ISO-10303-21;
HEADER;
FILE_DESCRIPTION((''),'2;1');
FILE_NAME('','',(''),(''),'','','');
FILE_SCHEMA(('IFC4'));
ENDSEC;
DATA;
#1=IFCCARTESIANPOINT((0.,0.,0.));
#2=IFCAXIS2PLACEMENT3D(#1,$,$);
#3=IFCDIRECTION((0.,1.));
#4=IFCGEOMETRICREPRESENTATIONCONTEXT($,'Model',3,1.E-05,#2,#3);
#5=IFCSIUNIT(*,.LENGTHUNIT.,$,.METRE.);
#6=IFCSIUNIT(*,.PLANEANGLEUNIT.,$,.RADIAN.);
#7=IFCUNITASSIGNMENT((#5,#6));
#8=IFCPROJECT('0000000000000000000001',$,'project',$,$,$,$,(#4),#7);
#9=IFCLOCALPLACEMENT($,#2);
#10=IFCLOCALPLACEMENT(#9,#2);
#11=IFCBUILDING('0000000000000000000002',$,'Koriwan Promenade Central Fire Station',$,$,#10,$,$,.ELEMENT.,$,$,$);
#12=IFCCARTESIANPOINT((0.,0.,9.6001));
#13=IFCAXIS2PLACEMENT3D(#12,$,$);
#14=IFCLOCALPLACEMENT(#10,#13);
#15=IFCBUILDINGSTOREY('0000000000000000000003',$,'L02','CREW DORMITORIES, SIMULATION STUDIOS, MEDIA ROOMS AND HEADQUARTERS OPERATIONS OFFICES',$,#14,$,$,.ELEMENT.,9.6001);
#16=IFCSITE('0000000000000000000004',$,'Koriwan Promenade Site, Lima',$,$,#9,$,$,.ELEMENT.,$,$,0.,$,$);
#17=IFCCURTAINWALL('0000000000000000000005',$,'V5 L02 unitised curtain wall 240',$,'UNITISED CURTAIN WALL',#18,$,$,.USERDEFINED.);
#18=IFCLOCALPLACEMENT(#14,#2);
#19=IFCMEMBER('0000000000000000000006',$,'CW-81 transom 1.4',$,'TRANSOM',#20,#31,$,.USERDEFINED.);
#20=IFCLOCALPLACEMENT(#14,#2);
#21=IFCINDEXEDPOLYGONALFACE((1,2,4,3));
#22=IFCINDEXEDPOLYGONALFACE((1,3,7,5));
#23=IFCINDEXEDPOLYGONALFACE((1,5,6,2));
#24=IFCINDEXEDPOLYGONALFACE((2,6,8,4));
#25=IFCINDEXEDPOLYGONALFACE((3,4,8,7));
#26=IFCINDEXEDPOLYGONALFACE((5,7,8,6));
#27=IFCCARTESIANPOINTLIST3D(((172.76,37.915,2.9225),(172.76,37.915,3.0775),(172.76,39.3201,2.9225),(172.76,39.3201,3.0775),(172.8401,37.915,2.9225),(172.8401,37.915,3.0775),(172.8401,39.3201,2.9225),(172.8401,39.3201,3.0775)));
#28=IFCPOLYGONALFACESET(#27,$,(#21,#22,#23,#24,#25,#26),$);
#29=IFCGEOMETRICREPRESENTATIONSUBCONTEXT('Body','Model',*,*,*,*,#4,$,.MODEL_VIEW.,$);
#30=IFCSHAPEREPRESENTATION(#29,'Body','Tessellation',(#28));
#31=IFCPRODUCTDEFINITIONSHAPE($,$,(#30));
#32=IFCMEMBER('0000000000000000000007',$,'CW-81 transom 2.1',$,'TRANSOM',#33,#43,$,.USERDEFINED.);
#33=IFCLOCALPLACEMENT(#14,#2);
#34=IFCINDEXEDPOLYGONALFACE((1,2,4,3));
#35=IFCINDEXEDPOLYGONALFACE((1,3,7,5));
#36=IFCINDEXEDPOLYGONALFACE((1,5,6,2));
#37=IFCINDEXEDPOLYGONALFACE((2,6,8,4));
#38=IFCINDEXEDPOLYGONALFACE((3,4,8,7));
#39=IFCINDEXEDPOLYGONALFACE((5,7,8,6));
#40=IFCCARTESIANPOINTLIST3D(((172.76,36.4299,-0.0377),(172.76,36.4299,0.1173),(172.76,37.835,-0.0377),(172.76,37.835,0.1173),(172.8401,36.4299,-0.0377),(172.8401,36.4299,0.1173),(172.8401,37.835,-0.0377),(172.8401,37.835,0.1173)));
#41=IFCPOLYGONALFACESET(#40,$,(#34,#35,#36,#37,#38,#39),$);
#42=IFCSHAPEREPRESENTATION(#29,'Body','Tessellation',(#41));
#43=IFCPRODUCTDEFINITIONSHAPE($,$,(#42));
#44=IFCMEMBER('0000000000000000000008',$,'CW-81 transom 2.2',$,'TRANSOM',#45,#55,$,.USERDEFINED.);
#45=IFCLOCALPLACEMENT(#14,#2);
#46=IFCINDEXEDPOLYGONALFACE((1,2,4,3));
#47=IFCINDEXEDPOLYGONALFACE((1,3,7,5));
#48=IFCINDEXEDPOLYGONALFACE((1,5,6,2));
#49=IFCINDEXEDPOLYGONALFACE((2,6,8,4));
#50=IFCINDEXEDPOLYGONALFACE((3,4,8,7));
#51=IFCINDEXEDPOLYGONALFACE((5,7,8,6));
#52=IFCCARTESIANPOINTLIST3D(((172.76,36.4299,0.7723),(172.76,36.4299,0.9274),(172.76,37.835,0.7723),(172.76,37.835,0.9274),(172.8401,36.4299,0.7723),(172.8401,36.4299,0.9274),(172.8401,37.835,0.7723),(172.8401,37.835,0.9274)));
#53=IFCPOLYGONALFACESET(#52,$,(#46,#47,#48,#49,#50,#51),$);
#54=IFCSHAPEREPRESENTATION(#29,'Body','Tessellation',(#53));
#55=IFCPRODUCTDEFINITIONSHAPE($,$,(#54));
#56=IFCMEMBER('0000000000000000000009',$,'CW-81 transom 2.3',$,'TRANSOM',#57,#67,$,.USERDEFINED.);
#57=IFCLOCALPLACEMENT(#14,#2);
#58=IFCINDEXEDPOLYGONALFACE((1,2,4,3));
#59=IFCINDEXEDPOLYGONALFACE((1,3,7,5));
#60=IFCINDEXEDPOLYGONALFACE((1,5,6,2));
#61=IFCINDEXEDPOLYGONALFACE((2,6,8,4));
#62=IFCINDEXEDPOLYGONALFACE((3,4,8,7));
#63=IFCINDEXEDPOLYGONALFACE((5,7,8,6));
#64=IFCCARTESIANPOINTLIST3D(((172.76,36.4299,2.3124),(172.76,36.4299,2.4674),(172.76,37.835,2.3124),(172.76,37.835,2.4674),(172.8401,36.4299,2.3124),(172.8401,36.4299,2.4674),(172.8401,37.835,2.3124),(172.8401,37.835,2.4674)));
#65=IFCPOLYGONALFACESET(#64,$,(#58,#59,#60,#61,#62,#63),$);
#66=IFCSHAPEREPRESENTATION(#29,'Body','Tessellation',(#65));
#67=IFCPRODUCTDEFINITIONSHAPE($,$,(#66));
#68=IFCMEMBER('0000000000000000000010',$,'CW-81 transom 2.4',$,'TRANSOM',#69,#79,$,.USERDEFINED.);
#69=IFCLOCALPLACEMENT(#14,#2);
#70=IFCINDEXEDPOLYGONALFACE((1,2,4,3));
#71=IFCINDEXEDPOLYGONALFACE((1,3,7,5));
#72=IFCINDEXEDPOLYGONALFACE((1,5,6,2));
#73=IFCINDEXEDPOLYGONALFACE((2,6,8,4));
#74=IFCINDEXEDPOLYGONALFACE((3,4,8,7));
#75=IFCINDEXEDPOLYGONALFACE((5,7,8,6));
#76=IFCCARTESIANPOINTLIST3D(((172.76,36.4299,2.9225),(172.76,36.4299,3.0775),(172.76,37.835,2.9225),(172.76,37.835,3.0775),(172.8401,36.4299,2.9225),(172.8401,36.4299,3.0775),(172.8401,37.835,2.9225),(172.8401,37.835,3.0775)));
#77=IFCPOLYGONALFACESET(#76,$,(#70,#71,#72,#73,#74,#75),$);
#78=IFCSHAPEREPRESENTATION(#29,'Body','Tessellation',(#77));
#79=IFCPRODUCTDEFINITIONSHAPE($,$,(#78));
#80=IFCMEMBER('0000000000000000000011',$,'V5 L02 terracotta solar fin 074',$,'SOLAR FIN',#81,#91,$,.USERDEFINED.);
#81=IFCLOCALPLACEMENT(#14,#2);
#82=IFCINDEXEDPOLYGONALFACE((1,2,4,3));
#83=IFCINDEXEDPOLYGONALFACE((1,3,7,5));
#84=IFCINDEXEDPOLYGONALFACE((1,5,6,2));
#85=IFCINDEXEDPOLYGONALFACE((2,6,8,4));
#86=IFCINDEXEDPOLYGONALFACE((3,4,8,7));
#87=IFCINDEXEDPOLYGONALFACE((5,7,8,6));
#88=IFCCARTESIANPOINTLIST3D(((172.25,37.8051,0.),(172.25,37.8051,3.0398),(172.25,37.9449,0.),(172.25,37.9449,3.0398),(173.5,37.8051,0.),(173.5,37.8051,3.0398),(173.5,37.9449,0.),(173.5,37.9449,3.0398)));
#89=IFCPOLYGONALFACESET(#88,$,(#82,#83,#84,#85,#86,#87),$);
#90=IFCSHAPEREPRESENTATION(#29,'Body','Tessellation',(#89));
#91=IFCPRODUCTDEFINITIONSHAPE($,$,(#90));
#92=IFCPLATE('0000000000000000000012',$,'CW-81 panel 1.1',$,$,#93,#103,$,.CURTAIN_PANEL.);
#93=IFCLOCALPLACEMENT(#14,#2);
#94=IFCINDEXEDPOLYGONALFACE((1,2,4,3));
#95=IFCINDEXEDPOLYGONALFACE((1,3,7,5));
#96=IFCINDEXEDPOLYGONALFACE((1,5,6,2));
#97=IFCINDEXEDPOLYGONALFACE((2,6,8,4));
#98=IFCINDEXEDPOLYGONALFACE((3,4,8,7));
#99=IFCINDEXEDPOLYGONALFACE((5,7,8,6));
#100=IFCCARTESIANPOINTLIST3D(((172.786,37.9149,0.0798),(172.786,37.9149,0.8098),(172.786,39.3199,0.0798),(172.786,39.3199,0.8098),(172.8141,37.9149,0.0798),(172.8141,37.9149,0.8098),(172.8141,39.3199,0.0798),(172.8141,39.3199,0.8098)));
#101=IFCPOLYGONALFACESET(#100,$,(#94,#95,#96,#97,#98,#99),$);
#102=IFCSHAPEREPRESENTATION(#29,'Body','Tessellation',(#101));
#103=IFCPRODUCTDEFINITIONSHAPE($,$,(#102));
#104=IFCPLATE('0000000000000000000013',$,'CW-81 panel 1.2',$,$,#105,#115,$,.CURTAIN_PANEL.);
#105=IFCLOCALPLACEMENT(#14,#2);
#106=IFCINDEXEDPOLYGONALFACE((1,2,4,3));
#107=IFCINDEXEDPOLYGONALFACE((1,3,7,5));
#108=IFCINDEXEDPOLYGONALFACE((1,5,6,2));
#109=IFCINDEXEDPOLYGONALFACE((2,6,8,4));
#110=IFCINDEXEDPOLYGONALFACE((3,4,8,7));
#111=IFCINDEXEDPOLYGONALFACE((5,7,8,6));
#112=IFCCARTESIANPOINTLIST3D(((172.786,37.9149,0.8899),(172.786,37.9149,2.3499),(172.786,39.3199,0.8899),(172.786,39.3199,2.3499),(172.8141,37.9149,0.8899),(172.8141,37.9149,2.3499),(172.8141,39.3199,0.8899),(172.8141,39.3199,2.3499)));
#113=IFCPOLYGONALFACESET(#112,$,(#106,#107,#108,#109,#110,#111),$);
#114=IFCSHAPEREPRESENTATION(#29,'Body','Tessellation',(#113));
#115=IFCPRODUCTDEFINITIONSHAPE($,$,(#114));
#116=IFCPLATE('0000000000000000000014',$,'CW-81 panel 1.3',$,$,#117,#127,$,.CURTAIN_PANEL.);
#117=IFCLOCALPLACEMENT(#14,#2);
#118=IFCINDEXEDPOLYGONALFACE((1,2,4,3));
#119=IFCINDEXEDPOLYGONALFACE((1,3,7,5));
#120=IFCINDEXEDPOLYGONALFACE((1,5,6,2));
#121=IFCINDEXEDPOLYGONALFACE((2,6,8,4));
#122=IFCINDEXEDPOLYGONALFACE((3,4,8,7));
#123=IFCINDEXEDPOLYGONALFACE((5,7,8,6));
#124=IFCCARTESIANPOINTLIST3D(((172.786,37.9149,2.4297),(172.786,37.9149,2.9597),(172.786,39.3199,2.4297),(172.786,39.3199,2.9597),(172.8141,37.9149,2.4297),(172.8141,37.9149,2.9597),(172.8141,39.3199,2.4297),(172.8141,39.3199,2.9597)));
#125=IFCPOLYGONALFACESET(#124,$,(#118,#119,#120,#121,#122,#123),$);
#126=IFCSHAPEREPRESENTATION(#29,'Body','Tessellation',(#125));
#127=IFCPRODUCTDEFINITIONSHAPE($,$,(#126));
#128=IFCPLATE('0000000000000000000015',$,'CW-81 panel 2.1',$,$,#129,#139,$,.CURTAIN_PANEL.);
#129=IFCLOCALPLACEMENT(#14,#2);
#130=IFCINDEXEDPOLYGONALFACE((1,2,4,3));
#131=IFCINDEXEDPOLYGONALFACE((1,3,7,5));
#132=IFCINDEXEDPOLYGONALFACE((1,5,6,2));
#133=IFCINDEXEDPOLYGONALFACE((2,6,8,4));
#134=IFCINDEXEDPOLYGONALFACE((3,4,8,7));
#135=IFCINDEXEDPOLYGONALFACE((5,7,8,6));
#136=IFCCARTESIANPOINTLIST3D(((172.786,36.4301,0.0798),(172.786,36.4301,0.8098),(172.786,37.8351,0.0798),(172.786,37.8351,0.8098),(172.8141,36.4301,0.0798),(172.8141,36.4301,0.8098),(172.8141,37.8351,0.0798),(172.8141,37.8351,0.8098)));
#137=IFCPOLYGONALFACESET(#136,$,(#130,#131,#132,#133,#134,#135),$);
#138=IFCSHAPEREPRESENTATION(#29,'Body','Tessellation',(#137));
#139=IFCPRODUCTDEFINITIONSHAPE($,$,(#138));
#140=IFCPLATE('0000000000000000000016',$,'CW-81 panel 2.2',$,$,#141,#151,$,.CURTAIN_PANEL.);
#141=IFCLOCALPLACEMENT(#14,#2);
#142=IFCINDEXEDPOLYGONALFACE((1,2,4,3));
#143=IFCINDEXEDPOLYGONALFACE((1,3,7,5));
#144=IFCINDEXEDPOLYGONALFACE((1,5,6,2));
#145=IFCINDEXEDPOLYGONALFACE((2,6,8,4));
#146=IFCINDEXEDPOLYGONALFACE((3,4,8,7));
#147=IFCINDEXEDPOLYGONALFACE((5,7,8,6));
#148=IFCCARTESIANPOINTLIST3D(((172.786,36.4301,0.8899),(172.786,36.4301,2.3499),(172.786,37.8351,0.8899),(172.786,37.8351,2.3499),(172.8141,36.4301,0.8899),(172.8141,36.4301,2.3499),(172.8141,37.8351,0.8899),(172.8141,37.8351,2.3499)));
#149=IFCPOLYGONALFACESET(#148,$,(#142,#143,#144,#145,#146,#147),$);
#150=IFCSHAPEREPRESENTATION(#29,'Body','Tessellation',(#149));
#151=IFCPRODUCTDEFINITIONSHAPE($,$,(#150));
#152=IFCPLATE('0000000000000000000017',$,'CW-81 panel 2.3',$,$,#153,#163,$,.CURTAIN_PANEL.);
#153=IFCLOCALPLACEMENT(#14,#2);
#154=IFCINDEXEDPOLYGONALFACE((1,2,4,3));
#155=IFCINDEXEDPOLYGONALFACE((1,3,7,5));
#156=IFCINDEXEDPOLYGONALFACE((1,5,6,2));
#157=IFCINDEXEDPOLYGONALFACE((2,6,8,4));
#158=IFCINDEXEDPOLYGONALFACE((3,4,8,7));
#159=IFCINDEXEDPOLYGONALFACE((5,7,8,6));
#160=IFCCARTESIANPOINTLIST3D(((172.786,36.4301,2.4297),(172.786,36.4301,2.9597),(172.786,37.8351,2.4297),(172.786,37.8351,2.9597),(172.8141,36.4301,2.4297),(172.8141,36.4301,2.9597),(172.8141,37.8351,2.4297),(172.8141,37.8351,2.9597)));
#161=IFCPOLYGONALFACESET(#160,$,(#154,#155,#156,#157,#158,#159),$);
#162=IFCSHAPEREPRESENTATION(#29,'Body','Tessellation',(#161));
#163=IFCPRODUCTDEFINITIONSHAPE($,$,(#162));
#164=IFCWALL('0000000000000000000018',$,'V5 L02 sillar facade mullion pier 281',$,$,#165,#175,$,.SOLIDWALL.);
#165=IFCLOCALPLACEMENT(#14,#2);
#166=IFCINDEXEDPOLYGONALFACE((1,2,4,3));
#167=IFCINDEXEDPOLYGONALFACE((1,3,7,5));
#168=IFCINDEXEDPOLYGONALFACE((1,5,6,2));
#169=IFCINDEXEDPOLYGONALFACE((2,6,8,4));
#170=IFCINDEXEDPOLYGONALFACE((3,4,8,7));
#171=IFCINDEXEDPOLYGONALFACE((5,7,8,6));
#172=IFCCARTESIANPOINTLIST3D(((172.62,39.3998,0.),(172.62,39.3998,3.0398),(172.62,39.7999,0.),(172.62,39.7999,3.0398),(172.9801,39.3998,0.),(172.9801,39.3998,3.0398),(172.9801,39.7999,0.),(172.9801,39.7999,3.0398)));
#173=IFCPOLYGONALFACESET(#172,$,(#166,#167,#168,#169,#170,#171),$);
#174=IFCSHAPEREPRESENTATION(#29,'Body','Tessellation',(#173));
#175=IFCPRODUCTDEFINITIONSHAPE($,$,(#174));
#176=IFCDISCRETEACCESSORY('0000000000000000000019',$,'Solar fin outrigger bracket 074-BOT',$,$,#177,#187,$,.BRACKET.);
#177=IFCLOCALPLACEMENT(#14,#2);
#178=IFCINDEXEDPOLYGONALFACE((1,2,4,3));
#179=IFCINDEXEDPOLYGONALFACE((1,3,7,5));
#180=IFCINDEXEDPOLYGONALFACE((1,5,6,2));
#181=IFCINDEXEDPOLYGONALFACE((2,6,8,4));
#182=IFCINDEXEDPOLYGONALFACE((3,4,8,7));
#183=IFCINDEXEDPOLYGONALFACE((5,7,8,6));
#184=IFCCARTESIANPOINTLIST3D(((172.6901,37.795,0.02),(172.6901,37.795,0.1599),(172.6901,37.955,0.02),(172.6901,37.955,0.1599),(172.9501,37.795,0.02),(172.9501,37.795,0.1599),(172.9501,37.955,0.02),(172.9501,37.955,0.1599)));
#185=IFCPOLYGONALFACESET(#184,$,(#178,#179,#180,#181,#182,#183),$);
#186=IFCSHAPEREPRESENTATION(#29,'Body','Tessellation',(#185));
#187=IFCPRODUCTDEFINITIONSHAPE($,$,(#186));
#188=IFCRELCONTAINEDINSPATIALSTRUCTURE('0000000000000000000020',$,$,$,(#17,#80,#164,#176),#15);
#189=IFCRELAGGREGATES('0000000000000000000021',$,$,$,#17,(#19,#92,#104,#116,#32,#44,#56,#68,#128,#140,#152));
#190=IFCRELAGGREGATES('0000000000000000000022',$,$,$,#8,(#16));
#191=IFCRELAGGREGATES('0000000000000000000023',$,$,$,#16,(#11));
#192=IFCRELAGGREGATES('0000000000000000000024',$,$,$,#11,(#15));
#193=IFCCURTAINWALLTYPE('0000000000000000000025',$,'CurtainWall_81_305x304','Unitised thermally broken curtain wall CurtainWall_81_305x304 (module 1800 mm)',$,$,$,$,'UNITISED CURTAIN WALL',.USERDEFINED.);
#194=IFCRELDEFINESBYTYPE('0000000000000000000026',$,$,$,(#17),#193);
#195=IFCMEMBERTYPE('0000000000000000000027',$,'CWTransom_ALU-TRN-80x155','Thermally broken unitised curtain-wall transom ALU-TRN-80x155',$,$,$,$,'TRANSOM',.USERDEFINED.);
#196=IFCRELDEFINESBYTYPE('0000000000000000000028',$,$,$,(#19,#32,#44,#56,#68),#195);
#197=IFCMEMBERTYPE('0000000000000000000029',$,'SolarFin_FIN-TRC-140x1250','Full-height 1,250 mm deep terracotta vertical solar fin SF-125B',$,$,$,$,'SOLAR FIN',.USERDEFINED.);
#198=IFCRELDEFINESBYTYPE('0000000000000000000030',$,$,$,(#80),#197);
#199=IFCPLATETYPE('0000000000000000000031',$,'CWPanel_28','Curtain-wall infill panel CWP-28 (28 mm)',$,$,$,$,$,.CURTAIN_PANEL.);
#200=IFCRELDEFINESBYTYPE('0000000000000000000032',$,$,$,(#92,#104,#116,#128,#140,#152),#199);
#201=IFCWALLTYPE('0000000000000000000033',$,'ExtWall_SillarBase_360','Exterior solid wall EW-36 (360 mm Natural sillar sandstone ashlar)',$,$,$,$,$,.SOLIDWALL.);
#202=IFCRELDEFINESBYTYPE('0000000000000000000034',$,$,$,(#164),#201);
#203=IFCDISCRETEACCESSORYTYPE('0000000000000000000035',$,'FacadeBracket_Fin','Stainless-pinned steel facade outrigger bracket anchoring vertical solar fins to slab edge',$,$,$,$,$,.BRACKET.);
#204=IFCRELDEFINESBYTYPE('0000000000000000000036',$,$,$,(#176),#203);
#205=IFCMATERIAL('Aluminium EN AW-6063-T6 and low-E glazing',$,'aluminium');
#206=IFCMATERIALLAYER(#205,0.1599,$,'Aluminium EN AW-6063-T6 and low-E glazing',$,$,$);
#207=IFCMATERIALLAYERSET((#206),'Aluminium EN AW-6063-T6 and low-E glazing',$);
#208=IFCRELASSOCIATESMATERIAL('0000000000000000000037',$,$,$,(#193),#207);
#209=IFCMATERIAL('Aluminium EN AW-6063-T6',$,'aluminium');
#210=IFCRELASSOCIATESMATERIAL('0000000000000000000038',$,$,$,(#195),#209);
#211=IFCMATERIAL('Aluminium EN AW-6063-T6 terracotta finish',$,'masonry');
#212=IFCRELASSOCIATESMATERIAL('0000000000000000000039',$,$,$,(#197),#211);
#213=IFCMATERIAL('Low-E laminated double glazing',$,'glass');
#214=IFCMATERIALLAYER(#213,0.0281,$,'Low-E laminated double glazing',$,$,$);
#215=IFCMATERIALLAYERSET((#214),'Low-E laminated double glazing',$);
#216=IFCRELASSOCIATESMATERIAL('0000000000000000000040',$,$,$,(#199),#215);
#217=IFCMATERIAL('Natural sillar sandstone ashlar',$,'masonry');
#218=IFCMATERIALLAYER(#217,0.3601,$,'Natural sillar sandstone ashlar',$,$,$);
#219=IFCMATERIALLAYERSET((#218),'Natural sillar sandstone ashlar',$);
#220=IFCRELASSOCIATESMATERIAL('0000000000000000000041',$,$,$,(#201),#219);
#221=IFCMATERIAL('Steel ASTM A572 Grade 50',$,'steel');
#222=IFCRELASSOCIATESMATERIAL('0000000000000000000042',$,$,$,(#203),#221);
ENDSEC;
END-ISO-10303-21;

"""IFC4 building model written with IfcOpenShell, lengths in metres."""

from ifc_helpers import new_model, si_unit, direction, frame, frame_2d, origin, origin_2d, place, context, subcontext, project, spatial, rectangle, extrude, material, layer, layer_set, material_profile, profile_set, type_object, element, aggregate, save


model = new_model("IFC4")

# Units and contexts
model_context = context("Model", 3, precision=1e-05, world=origin(), true_north=direction((0.0, 1.0)))
body_context = subcontext(model_context, "Body", "Model", "MODEL_VIEW")
ifc_project = project(units=[si_unit("LENGTHUNIT", "METRE"), si_unit("PLANEANGLEUNIT", "RADIAN")], contexts=[model_context])

# Site, building, storey
site_placement = place(None, origin())
site = spatial("IfcSite", under=ifc_project, at=site_placement, Name="Koriwan Promenade Site, Lima", CompositionType="ELEMENT", RefElevation=0.0)
building_placement = place(site_placement, origin())
building = spatial("IfcBuilding", under=site, at=building_placement, Name="Koriwan Promenade Central Fire Station", CompositionType="ELEMENT")
storey_placement = place(building_placement, frame((0.0, 0.0, 9.6001)))
storey = spatial("IfcBuildingStorey", under=building, at=storey_placement, Name="L02", Description="CREW DORMITORIES, SIMULATION STUDIOS, MEDIA ROOMS AND HEADQUARTERS OPERATIONS OFFICES", CompositionType="ELEMENT", Elevation=9.6001)

# Shared definitions
ifc_material_1 = material(Name="Aluminium EN AW-6063-T6 and low-E glazing", Category="aluminium")
ifc_material_2 = material(Name="Aluminium EN AW-6063-T6", Category="aluminium")

# Curtain wall
ifc_layer_1 = layer(ifc_material_1, 0.1599, Name="Aluminium EN AW-6063-T6 and low-E glazing")
ifc_layer_set_1 = layer_set([ifc_layer_1], Name="Aluminium EN AW-6063-T6 and low-E glazing")
curtain_wall_type_1 = type_object("IfcCurtainWallType", Name="CurtainWall_81_305x304", Description="Unitised thermally broken curtain wall CurtainWall_81_305x304 (module 1800 mm)", ElementType="UNITISED CURTAIN WALL", PredefinedType="USERDEFINED", material=ifc_layer_set_1)
curtain_wall_1_placement = place(storey_placement, origin())
curtain_wall_1 = element("IfcCurtainWall", 1, at=curtain_wall_1_placement, inside=storey, type_object=curtain_wall_type_1, Name="V5 L02 unitised curtain wall 240", ObjectType="UNITISED CURTAIN WALL", PredefinedType="USERDEFINED")

# Members
ifc_material_profile_1 = material_profile(ifc_material_2, rectangle(XDim=0.0801, YDim=0.155, at=origin_2d()), Name="ALU-TRN-80x155")
ifc_profile_set_1 = profile_set([ifc_material_profile_1], Name="Aluminium EN AW-6063-T6")
member_type_1 = type_object("IfcMemberType", Name="CWTransom_ALU-TRN-80x155", Description="Thermally broken unitised curtain-wall transom ALU-TRN-80x155", ElementType="TRANSOM", PredefinedType="USERDEFINED", material=ifc_profile_set_1)
member_1_placement = place(storey_placement, frame((172.8, 39.3201, 3.0), z_axis=(0.0, -1.0, 0.0), x_axis=(1.0, 0.0, 0.0)))
member_1 = element("IfcMember", 2, at=member_1_placement, type_object=member_type_1, Name="CW-81 transom 1.4", ObjectType="TRANSOM", PredefinedType="USERDEFINED", context=body_context, shape_type="SweptSolid", body=[
    extrude(rectangle(XDim=0.0801, YDim=0.155, at=origin_2d()), origin(), (0.0, 0.0, 1.0), 1.405),
])
member_2_placement = place(storey_placement, frame((172.8, 37.835, 0.0398), z_axis=(0.0, -1.0, 0.0), x_axis=(1.0, 0.0, 0.0)))
member_2 = element("IfcMember", 3, at=member_2_placement, type_object=member_type_1, Name="CW-81 transom 2.1", ObjectType="TRANSOM", PredefinedType="USERDEFINED", context=body_context, shape_type="SweptSolid", body=[
    extrude(rectangle(XDim=0.0801, YDim=0.155, at=origin_2d()), origin(), (0.0, 0.0, 1.0), 1.405),
])
member_3_placement = place(storey_placement, frame((172.8, 37.835, 0.8499), z_axis=(0.0, -1.0, 0.0), x_axis=(1.0, 0.0, 0.0)))
member_3 = element("IfcMember", 4, at=member_3_placement, type_object=member_type_1, Name="CW-81 transom 2.2", ObjectType="TRANSOM", PredefinedType="USERDEFINED", context=body_context, shape_type="SweptSolid", body=[
    extrude(rectangle(XDim=0.0801, YDim=0.155, at=origin_2d()), origin(), (0.0, 0.0, 1.0), 1.405),
])
member_4_placement = place(storey_placement, frame((172.8, 37.835, 2.3899), z_axis=(0.0, -1.0, 0.0), x_axis=(1.0, 0.0, 0.0)))
member_4 = element("IfcMember", 5, at=member_4_placement, type_object=member_type_1, Name="CW-81 transom 2.3", ObjectType="TRANSOM", PredefinedType="USERDEFINED", context=body_context, shape_type="SweptSolid", body=[
    extrude(rectangle(XDim=0.0801, YDim=0.155, at=origin_2d()), origin(), (0.0, 0.0, 1.0), 1.405),
])
member_5_placement = place(storey_placement, frame((172.8, 37.835, 3.0), z_axis=(0.0, -1.0, 0.0), x_axis=(1.0, 0.0, 0.0)))
member_5 = element("IfcMember", 6, at=member_5_placement, type_object=member_type_1, Name="CW-81 transom 2.4", ObjectType="TRANSOM", PredefinedType="USERDEFINED", context=body_context, shape_type="SweptSolid", body=[
    extrude(rectangle(XDim=0.0801, YDim=0.155, at=origin_2d()), origin(), (0.0, 0.0, 1.0), 1.405),
])
ifc_material_3 = material(Name="Aluminium EN AW-6063-T6 terracotta finish", Category="masonry")
ifc_material_profile_2 = material_profile(ifc_material_3, rectangle(XDim=0.1399, YDim=1.25, at=origin_2d()), Name="FIN-TRC-140x1250")
ifc_profile_set_2 = profile_set([ifc_material_profile_2], Name="Aluminium EN AW-6063-T6 terracotta finish")
member_type_2 = type_object("IfcMemberType", Name="SolarFin_FIN-TRC-140x1250", Description="Full-height 1,250 mm deep terracotta vertical solar fin SF-125B", ElementType="SOLAR FIN", PredefinedType="USERDEFINED", material=ifc_profile_set_2)
member_6_placement = place(storey_placement, frame((172.875, 37.875, 0.0), z_axis=(0.0, 0.0, 1.0), x_axis=(0.0, -1.0, 0.0)))
element("IfcMember", 7, at=member_6_placement, inside=storey, type_object=member_type_2, Name="V5 L02 terracotta solar fin 074", ObjectType="SOLAR FIN", PredefinedType="USERDEFINED", context=body_context, shape_type="SweptSolid", body=[
    extrude(rectangle(XDim=0.1399, YDim=1.25, at=origin_2d()), origin(), (0.0, 0.0, 1.0), 3.0398),
])

# Plates
ifc_material_4 = material(Name="Low-E laminated double glazing", Category="glass")
ifc_layer_2 = layer(ifc_material_4, 0.0281, Name="Low-E laminated double glazing")
ifc_layer_set_2 = layer_set([ifc_layer_2], Name="Low-E laminated double glazing")
plate_type = type_object("IfcPlateType", Name="CWPanel_28", Description="Curtain-wall infill panel CWP-28 (28 mm)", PredefinedType="CURTAIN_PANEL", material=ifc_layer_set_2)
plate_1_placement = place(storey_placement, frame((172.8, 38.6174, 0.0798), z_axis=(0.0, 0.0, 1.0), x_axis=(0.0, -1.0, 0.0)))
plate_1 = element("IfcPlate", 8, at=plate_1_placement, type_object=plate_type, Name="CW-81 panel 1.1", PredefinedType="CURTAIN_PANEL", context=body_context, shape_type="SweptSolid", body=[
    extrude(rectangle(XDim=1.405, YDim=0.0281, at=origin_2d()), origin(), (0.0, 0.0, 1.0), 0.73),
])
plate_2_placement = place(storey_placement, frame((172.8, 38.6174, 0.8899), z_axis=(0.0, 0.0, 1.0), x_axis=(0.0, -1.0, 0.0)))
plate_2 = element("IfcPlate", 9, at=plate_2_placement, type_object=plate_type, Name="CW-81 panel 1.2", PredefinedType="CURTAIN_PANEL", context=body_context, shape_type="SweptSolid", body=[
    extrude(rectangle(XDim=1.405, YDim=0.0281, at=origin_2d()), origin(), (0.0, 0.0, 1.0), 1.46),
])
plate_3_placement = place(storey_placement, frame((172.8, 38.6174, 2.4297), z_axis=(0.0, 0.0, 1.0), x_axis=(0.0, -1.0, 0.0)))
plate_3 = element("IfcPlate", 10, at=plate_3_placement, type_object=plate_type, Name="CW-81 panel 1.3", PredefinedType="CURTAIN_PANEL", context=body_context, shape_type="SweptSolid", body=[
    extrude(rectangle(XDim=1.405, YDim=0.0281, at=origin_2d()), origin(), (0.0, 0.0, 1.0), 0.53),
])
plate_4_placement = place(storey_placement, frame((172.8, 37.1326, 0.0798), z_axis=(0.0, 0.0, 1.0), x_axis=(0.0, -1.0, 0.0)))
plate_4 = element("IfcPlate", 11, at=plate_4_placement, type_object=plate_type, Name="CW-81 panel 2.1", PredefinedType="CURTAIN_PANEL", context=body_context, shape_type="SweptSolid", body=[
    extrude(rectangle(XDim=1.405, YDim=0.0281, at=origin_2d()), origin(), (0.0, 0.0, 1.0), 0.73),
])
plate_5_placement = place(storey_placement, frame((172.8, 37.1326, 0.8899), z_axis=(0.0, 0.0, 1.0), x_axis=(0.0, -1.0, 0.0)))
plate_5 = element("IfcPlate", 12, at=plate_5_placement, type_object=plate_type, Name="CW-81 panel 2.2", PredefinedType="CURTAIN_PANEL", context=body_context, shape_type="SweptSolid", body=[
    extrude(rectangle(XDim=1.405, YDim=0.0281, at=origin_2d()), origin(), (0.0, 0.0, 1.0), 1.46),
])
plate_6_placement = place(storey_placement, frame((172.8, 37.1326, 2.4297), z_axis=(0.0, 0.0, 1.0), x_axis=(0.0, -1.0, 0.0)))
plate_6 = element("IfcPlate", 13, at=plate_6_placement, type_object=plate_type, Name="CW-81 panel 2.3", PredefinedType="CURTAIN_PANEL", context=body_context, shape_type="SweptSolid", body=[
    extrude(rectangle(XDim=1.405, YDim=0.0281, at=origin_2d()), origin(), (0.0, 0.0, 1.0), 0.53),
])
aggregate(curtain_wall_1, [member_1, plate_1, plate_2, plate_3, member_2, member_3, member_4, member_5, plate_4, plate_5, plate_6])

# Wall
ifc_material_5 = material(Name="Natural sillar sandstone ashlar", Category="masonry")
ifc_layer_3 = layer(ifc_material_5, 0.3601, Name="Natural sillar sandstone ashlar")
ifc_layer_set_3 = layer_set([ifc_layer_3], Name="Natural sillar sandstone ashlar")
wall_type = type_object("IfcWallType", Name="ExtWall_SillarBase_360", Description="Exterior solid wall EW-36 (360 mm Natural sillar sandstone ashlar)", PredefinedType="SOLIDWALL", material=ifc_layer_set_3)
wall_placement = place(storey_placement, frame((172.8, 39.8, 0.0), z_axis=(0.0, 0.0, 1.0), x_axis=(0.0, -1.0, 0.0)))
element("IfcWall", 14, at=wall_placement, inside=storey, type_object=wall_type, Name="V5 L02 sillar facade mullion pier 281", PredefinedType="SOLIDWALL", context=body_context, shape_type="SweptSolid", body=[
    extrude(rectangle(XDim=0.4001, YDim=0.3601, at=frame_2d((0.2002, 0.0))), origin(), (0.0, 0.0, 1.0), 3.0398),
])

# Discrete accessory
ifc_material_6 = material(Name="Steel ASTM A572 Grade 50", Category="steel")
discrete_accessory_type = type_object("IfcDiscreteAccessoryType", Name="FacadeBracket_Fin", Description="Stainless-pinned steel facade outrigger bracket anchoring vertical solar fins to slab edge", PredefinedType="BRACKET", material=ifc_material_6)
for number, where, z_axis, x_axis, name in (
    (15, (172.8201, 37.875, 0.02), (0.0, 0.0, 1.0), (1.0, 0.0, 0.0), "Solar fin outrigger bracket 074-BOT"),
):
    element("IfcDiscreteAccessory", number, at=place(storey_placement, frame(where, z_axis=z_axis, x_axis=x_axis)), inside=storey, type_object=discrete_accessory_type, Name=name, PredefinedType="BRACKET", context=body_context, shape_type="SweptSolid", body=[
        extrude(rectangle(XDim=0.26, YDim=0.1599, at=origin_2d()), origin(), (0.0, 0.0, 1.0), 0.1399),
    ])

save(model, "model.ifc")
